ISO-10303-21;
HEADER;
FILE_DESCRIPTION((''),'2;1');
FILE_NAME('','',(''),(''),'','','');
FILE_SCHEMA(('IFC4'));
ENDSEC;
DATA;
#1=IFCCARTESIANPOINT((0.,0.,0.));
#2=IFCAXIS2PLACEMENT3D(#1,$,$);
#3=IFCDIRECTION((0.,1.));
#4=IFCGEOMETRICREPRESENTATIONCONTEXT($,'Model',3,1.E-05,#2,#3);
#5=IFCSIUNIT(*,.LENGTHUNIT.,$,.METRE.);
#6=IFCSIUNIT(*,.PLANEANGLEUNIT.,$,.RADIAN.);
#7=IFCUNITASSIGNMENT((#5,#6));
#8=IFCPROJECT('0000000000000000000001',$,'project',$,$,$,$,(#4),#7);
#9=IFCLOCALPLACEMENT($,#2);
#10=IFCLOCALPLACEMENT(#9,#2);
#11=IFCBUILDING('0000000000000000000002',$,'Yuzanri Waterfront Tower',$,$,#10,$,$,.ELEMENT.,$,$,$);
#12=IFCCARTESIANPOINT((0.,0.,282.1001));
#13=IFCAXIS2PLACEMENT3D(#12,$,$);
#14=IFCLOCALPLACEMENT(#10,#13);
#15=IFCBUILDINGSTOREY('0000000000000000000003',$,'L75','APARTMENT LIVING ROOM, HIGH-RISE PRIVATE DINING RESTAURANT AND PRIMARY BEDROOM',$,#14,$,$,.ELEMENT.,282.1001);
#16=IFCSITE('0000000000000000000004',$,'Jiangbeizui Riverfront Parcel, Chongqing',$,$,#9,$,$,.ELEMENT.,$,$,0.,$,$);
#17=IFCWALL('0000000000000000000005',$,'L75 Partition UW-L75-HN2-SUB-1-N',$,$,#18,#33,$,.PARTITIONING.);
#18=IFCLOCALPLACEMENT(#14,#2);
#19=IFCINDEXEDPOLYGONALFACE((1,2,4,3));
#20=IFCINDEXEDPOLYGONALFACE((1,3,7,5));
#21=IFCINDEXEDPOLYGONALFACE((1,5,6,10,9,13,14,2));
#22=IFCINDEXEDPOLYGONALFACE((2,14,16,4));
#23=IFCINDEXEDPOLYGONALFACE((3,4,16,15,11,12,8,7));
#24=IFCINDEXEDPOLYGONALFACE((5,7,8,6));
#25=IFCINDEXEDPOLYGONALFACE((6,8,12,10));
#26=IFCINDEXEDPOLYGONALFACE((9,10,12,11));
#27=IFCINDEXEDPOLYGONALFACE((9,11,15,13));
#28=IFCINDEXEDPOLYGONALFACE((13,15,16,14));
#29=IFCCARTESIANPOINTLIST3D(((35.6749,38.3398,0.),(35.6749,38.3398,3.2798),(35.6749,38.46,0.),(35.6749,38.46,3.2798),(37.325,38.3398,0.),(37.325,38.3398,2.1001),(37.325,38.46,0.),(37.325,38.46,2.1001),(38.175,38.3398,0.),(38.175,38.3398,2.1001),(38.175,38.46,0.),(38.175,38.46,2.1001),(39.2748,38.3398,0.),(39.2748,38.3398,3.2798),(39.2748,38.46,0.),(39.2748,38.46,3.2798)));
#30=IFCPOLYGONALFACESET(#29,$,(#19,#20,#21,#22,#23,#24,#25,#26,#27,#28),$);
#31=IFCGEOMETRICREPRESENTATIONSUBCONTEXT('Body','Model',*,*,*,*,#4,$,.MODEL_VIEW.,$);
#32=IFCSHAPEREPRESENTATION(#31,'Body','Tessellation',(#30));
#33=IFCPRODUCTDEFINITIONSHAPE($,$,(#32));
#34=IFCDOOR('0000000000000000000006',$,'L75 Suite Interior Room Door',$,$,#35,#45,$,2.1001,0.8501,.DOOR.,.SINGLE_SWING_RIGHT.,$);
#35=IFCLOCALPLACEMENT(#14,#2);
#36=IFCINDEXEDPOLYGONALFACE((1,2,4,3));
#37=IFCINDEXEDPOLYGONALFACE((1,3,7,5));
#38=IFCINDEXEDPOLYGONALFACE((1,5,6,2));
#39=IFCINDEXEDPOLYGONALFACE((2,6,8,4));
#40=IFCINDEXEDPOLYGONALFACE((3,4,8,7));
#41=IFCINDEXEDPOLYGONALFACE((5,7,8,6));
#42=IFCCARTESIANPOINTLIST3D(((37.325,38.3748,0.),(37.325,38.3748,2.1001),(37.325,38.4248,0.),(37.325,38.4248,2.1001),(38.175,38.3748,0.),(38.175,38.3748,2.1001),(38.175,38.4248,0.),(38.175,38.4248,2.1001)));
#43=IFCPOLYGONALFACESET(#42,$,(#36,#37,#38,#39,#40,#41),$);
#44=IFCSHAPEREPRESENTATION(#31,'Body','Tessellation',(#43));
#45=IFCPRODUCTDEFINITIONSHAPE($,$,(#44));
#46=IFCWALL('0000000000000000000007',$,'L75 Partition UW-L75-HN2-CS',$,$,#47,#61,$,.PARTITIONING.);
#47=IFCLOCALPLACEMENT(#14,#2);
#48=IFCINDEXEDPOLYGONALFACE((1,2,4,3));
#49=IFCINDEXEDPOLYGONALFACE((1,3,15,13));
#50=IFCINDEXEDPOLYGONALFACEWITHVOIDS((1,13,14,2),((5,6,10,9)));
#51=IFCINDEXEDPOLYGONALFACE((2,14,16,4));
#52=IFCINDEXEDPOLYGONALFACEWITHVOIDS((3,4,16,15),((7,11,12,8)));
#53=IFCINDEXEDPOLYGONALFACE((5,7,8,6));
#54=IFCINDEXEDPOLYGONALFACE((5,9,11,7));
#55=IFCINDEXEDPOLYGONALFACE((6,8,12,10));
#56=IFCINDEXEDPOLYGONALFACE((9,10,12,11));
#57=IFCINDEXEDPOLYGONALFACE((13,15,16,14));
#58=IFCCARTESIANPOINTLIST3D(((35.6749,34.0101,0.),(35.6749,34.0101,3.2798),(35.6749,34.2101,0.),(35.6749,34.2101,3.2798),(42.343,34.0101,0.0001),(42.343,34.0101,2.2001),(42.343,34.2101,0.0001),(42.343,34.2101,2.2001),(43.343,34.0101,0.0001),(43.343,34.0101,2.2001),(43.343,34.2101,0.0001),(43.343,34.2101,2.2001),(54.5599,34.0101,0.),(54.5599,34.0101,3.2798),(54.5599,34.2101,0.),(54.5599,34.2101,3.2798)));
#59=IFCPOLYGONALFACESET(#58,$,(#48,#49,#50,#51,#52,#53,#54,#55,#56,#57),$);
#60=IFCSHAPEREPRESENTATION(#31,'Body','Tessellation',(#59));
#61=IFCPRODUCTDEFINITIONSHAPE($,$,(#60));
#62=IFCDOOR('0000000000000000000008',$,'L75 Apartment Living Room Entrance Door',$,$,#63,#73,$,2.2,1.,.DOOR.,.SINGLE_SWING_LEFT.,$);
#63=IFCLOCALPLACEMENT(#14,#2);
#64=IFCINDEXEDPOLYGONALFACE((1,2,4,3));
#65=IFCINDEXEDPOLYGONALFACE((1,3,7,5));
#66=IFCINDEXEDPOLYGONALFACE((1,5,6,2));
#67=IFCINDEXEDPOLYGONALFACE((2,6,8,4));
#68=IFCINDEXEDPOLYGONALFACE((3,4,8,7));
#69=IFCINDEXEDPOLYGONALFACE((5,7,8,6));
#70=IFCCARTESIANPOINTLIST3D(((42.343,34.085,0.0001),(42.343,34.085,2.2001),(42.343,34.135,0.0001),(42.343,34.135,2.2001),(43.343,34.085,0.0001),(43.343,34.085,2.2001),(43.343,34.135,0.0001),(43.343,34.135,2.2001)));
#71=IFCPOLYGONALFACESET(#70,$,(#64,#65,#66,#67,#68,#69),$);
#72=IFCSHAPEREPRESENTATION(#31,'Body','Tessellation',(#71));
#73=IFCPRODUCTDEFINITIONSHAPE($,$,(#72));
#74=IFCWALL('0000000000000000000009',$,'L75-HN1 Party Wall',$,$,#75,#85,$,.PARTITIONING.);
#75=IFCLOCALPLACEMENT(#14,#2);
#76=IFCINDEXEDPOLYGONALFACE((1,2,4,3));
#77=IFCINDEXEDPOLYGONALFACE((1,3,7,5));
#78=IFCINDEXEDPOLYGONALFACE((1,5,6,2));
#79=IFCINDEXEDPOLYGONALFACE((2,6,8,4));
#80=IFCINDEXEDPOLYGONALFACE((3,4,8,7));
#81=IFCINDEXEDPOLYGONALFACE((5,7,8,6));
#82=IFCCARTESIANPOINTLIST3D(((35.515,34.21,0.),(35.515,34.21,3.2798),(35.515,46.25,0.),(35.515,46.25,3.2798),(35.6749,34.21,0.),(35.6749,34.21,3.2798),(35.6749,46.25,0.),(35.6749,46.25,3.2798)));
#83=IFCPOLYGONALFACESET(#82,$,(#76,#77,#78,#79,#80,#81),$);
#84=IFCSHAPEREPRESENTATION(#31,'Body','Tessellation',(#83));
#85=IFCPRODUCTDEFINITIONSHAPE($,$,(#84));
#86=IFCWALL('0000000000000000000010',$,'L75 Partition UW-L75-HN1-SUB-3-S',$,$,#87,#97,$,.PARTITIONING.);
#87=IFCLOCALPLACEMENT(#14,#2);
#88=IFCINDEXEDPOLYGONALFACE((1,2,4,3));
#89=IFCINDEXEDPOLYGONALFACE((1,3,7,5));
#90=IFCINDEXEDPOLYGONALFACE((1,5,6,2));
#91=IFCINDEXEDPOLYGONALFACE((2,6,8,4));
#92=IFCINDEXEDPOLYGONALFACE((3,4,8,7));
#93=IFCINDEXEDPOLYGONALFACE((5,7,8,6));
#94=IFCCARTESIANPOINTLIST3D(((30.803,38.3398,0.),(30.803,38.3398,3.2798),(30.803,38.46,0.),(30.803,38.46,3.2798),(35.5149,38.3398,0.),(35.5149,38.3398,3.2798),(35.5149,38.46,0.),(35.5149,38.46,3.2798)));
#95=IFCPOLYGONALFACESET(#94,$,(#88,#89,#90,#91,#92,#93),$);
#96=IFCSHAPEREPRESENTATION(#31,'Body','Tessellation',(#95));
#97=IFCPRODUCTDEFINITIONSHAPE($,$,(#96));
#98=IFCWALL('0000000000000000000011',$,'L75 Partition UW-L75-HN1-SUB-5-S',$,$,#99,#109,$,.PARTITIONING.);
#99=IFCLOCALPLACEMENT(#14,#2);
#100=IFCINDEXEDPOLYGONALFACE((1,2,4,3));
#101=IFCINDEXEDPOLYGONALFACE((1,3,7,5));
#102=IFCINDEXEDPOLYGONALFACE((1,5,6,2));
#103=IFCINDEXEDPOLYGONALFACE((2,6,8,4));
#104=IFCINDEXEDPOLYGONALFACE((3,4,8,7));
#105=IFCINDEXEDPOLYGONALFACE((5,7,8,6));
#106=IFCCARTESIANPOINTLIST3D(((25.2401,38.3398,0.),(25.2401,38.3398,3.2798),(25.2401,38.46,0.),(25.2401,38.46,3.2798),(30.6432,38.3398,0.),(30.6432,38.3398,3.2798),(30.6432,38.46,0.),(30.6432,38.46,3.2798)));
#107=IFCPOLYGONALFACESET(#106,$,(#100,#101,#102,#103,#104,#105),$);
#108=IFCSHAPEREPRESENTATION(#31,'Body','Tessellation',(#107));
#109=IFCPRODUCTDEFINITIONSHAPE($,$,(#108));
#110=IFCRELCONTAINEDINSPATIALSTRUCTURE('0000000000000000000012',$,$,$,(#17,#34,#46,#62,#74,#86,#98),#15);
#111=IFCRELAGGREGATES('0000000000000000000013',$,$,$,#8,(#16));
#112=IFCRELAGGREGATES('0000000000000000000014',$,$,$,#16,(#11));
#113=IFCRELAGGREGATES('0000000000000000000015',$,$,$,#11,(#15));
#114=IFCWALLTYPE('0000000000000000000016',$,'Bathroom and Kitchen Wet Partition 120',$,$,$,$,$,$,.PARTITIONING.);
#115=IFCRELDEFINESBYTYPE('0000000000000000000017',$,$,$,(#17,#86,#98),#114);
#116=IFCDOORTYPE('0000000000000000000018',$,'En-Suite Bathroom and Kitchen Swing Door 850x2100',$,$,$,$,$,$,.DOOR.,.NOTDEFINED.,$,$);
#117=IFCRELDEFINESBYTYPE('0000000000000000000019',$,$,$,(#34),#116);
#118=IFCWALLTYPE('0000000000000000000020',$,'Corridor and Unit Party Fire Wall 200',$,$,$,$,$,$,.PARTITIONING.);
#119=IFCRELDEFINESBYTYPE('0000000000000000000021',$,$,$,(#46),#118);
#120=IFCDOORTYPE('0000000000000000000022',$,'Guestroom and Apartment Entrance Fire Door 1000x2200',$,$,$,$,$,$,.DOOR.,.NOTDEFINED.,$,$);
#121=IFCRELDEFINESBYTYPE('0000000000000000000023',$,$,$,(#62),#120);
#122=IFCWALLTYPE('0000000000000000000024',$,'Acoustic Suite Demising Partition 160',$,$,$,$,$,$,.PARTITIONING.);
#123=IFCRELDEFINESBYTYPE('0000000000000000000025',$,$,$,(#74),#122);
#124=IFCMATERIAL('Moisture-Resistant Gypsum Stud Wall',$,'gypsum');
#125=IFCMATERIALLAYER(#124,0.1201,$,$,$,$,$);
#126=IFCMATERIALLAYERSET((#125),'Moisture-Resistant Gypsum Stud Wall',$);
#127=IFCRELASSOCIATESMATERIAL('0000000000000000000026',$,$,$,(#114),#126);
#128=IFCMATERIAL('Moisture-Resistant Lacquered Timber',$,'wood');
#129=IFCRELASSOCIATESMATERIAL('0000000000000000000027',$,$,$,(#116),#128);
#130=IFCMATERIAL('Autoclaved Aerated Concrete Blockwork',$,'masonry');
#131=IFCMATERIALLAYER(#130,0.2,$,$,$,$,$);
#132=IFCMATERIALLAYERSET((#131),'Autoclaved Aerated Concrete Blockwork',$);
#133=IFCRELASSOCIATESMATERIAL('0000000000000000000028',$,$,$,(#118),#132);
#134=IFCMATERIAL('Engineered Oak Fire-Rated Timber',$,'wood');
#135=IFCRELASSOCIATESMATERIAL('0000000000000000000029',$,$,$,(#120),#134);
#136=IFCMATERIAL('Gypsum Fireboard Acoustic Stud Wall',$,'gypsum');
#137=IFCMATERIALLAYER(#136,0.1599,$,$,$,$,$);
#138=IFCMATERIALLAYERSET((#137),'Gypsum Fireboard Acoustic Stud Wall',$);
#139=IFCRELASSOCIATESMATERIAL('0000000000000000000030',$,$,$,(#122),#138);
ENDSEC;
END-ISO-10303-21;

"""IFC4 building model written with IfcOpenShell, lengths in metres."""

from ifc_helpers import new_model, si_unit, direction, frame, frame_2d, origin, place, context, subcontext, project, spatial, rectangle, extrude, source, transform, mapped, material, layer, layer_set, type_object, element, fill, save


model = new_model("IFC4")

# Units and contexts
model_context = context("Model", 3, precision=1e-05, world=origin(), true_north=direction((0.0, 1.0)))
body_context = subcontext(model_context, "Body", "Model", "MODEL_VIEW")
ifc_project = project(units=[si_unit("LENGTHUNIT", "METRE"), si_unit("PLANEANGLEUNIT", "RADIAN")], contexts=[model_context])

# Site, building, storey
site_placement = place(None, origin())
site = spatial("IfcSite", under=ifc_project, at=site_placement, Name="Jiangbeizui Riverfront Parcel, Chongqing", CompositionType="ELEMENT", RefElevation=0.0)
building_placement = place(site_placement, origin())
building = spatial("IfcBuilding", under=site, at=building_placement, Name="Yuzanri Waterfront Tower", CompositionType="ELEMENT")
storey_placement = place(building_placement, frame((0.0, 0.0, 282.1001)))
storey = spatial("IfcBuildingStorey", under=building, at=storey_placement, Name="L75", Description="APARTMENT LIVING ROOM, HIGH-RISE PRIVATE DINING RESTAURANT AND PRIMARY BEDROOM", CompositionType="ELEMENT", Elevation=282.1001)

# Walls, openings, doors
ifc_material_1 = material(Name="Moisture-Resistant Gypsum Stud Wall", Category="gypsum")
ifc_layer_1 = layer(ifc_material_1, 0.1201)
ifc_layer_set_1 = layer_set([ifc_layer_1], Name="Moisture-Resistant Gypsum Stud Wall")
wall_type_1 = type_object("IfcWallType", Name="Bathroom and Kitchen Wet Partition 120", PredefinedType="PARTITIONING", material=ifc_layer_set_1)
ifc_material_2 = material(Name="Moisture-Resistant Lacquered Timber", Category="wood")
door_type_1 = type_object("IfcDoorType", Name="En-Suite Bathroom and Kitchen Swing Door 850x2100", OperationType="NOTDEFINED", PredefinedType="DOOR", material=ifc_material_2)
shared_shape_1 = source(origin(), body_context, "Body", "SweptSolid", [
    extrude(rectangle(XDim=0.8501, YDim=2.1001, at=frame_2d((0.425, 1.05))), frame((0.0, 0.0249, 0.0), z_axis=(0.0, -1.0, 0.0), x_axis=(1.0, 0.0, 0.0)), (0.0, 0.0, 1.0), 0.05),
])
wall_1_placement = place(storey_placement, frame((35.675, 38.3999, 0.0), z_axis=(0.0, 0.0, 1.0), x_axis=(1.0, 0.0, 0.0)))
wall_1 = element("IfcWall", 1, at=wall_1_placement, inside=storey, type_object=wall_type_1, Name="L75 Partition UW-L75-HN2-SUB-1-N", PredefinedType="PARTITIONING", context=body_context, shape_type="SweptSolid", body=[
    extrude(rectangle(XDim=3.5999, YDim=0.1201, at=frame_2d((1.7998, 0.0))), origin(), (0.0, 0.0, 1.0), 3.2798),
])
opening_1_placement = place(wall_1_placement, frame((1.6499, 0.0, 0.0)))
opening_1 = element("IfcOpeningElement", 2, at=opening_1_placement, cuts=wall_1, PredefinedType="OPENING", context=body_context, shape_type="SweptSolid", body=[
    extrude(rectangle(XDim=0.8501, YDim=2.1001, at=frame_2d((0.425, 1.05))), frame((0.0, 0.075, 0.0), z_axis=(0.0, -1.0, 0.0), x_axis=(1.0, 0.0, 0.0)), (0.0, 0.0, 1.0), 0.1499),
])
door_1_placement = place(opening_1_placement, origin())
door_1 = element("IfcDoor", 3, at=door_1_placement, inside=storey, type_object=door_type_1, Name="L75 Suite Interior Room Door", OperationType="SINGLE_SWING_RIGHT", OverallHeight=2.1001, OverallWidth=0.8501, PredefinedType="DOOR", context=body_context, shape_type="MappedRepresentation", body=[
    mapped(shared_shape_1, transform((0.0, 0.0, 0.0), scale=1.0)),
])
fill(opening_1, door_1)
ifc_material_3 = material(Name="Autoclaved Aerated Concrete Blockwork", Category="masonry")
ifc_layer_2 = layer(ifc_material_3, 0.2)
ifc_layer_set_2 = layer_set([ifc_layer_2], Name="Autoclaved Aerated Concrete Blockwork")
wall_type_2 = type_object("IfcWallType", Name="Corridor and Unit Party Fire Wall 200", PredefinedType="PARTITIONING", material=ifc_layer_set_2)
wall_2_placement = place(storey_placement, frame((35.675, 34.1101, 0.0), z_axis=(0.0, 0.0, 1.0), x_axis=(1.0, 0.0, 0.0)))
wall_2 = element("IfcWall", 4, at=wall_2_placement, inside=storey, type_object=wall_type_2, Name="L75 Partition UW-L75-HN2-CS", PredefinedType="PARTITIONING", context=body_context, shape_type="SweptSolid", body=[
    extrude(rectangle(XDim=18.885, YDim=0.2, at=frame_2d((9.4424, 0.0))), origin(), (0.0, 0.0, 1.0), 3.2798),
])
opening_2_placement = place(wall_2_placement, frame((6.668, 0.0, 0.0)))
opening_2 = element("IfcOpeningElement", 5, at=opening_2_placement, cuts=wall_2, PredefinedType="OPENING", context=body_context, shape_type="SweptSolid", body=[
    extrude(rectangle(XDim=1.0, YDim=2.2, at=frame_2d((0.5, 1.1001))), frame((0.0, 0.1147, 0.0), z_axis=(0.0, -1.0, 0.0), x_axis=(1.0, 0.0, 0.0)), (0.0, 0.0, 1.0), 0.2297),
])
ifc_material_4 = material(Name="Engineered Oak Fire-Rated Timber", Category="wood")
door_type_2 = type_object("IfcDoorType", Name="Guestroom and Apartment Entrance Fire Door 1000x2200", OperationType="NOTDEFINED", PredefinedType="DOOR", material=ifc_material_4)
shared_shape_2 = source(origin(), body_context, "Body", "SweptSolid", [
    extrude(rectangle(XDim=1.0, YDim=2.2, at=frame_2d((0.5, 1.1001))), frame((0.0, 0.0249, 0.0), z_axis=(0.0, -1.0, 0.0), x_axis=(1.0, 0.0, 0.0)), (0.0, 0.0, 1.0), 0.05),
])
door_2_placement = place(opening_2_placement, origin())
door_2 = element("IfcDoor", 6, at=door_2_placement, inside=storey, type_object=door_type_2, Name="L75 Apartment Living Room Entrance Door", OperationType="SINGLE_SWING_LEFT", OverallHeight=2.2, OverallWidth=1.0, PredefinedType="DOOR", context=body_context, shape_type="MappedRepresentation", body=[
    mapped(shared_shape_2, transform((0.0, 0.0, 0.0), scale=1.0)),
])
fill(opening_2, door_2)

# Walls
ifc_material_5 = material(Name="Gypsum Fireboard Acoustic Stud Wall", Category="gypsum")
ifc_layer_3 = layer(ifc_material_5, 0.1599)
ifc_layer_set_3 = layer_set([ifc_layer_3], Name="Gypsum Fireboard Acoustic Stud Wall")
wall_type_3 = type_object("IfcWallType", Name="Acoustic Suite Demising Partition 160", PredefinedType="PARTITIONING", material=ifc_layer_set_3)
shared_shape_3 = source(origin(), body_context, "Body", "SweptSolid", [
    extrude(rectangle(XDim=12.04, YDim=0.1599, at=frame_2d((6.02, 0.0))), origin(), (0.0, 0.0, 1.0), 3.2798),
])
wall_3_placement = place(storey_placement, frame((35.595, 34.21, 0.0), z_axis=(0.0, 0.0, 1.0), x_axis=(0.0, 1.0, 0.0)))
element("IfcWall", 7, at=wall_3_placement, inside=storey, type_object=wall_type_3, Name="L75-HN1 Party Wall", PredefinedType="PARTITIONING", context=body_context, shape_type="MappedRepresentation", body=[
    mapped(shared_shape_3, transform((0.0, 0.0, 0.0), scale=1.0)),
])
shared_shape_4 = source(origin(), body_context, "Body", "SweptSolid", [
    extrude(rectangle(XDim=4.7119, YDim=0.1201, at=frame_2d((2.356, 0.0))), origin(), (0.0, 0.0, 1.0), 3.2798),
])
wall_4_placement = place(storey_placement, frame((30.803, 38.3999, 0.0), z_axis=(0.0, 0.0, 1.0), x_axis=(1.0, 0.0, 0.0)))
element("IfcWall", 8, at=wall_4_placement, inside=storey, type_object=wall_type_1, Name="L75 Partition UW-L75-HN1-SUB-3-S", PredefinedType="PARTITIONING", context=body_context, shape_type="MappedRepresentation", body=[
    mapped(shared_shape_4, transform((0.0, 0.0, 0.0), scale=1.0)),
])
shared_shape_5 = source(origin(), body_context, "Body", "SweptSolid", [
    extrude(rectangle(XDim=5.4031, YDim=0.1201, at=frame_2d((2.7017, 0.0))), origin(), (0.0, 0.0, 1.0), 3.2798),
])
wall_5_placement = place(storey_placement, frame((25.24, 38.3999, 0.0), z_axis=(0.0, 0.0, 1.0), x_axis=(1.0, 0.0, 0.0)))
element("IfcWall", 9, at=wall_5_placement, inside=storey, type_object=wall_type_1, Name="L75 Partition UW-L75-HN1-SUB-5-S", PredefinedType="PARTITIONING", context=body_context, shape_type="MappedRepresentation", body=[
    mapped(shared_shape_5, transform((0.0, 0.0, 0.0), scale=1.0)),
])

save(model, "model.ifc")
